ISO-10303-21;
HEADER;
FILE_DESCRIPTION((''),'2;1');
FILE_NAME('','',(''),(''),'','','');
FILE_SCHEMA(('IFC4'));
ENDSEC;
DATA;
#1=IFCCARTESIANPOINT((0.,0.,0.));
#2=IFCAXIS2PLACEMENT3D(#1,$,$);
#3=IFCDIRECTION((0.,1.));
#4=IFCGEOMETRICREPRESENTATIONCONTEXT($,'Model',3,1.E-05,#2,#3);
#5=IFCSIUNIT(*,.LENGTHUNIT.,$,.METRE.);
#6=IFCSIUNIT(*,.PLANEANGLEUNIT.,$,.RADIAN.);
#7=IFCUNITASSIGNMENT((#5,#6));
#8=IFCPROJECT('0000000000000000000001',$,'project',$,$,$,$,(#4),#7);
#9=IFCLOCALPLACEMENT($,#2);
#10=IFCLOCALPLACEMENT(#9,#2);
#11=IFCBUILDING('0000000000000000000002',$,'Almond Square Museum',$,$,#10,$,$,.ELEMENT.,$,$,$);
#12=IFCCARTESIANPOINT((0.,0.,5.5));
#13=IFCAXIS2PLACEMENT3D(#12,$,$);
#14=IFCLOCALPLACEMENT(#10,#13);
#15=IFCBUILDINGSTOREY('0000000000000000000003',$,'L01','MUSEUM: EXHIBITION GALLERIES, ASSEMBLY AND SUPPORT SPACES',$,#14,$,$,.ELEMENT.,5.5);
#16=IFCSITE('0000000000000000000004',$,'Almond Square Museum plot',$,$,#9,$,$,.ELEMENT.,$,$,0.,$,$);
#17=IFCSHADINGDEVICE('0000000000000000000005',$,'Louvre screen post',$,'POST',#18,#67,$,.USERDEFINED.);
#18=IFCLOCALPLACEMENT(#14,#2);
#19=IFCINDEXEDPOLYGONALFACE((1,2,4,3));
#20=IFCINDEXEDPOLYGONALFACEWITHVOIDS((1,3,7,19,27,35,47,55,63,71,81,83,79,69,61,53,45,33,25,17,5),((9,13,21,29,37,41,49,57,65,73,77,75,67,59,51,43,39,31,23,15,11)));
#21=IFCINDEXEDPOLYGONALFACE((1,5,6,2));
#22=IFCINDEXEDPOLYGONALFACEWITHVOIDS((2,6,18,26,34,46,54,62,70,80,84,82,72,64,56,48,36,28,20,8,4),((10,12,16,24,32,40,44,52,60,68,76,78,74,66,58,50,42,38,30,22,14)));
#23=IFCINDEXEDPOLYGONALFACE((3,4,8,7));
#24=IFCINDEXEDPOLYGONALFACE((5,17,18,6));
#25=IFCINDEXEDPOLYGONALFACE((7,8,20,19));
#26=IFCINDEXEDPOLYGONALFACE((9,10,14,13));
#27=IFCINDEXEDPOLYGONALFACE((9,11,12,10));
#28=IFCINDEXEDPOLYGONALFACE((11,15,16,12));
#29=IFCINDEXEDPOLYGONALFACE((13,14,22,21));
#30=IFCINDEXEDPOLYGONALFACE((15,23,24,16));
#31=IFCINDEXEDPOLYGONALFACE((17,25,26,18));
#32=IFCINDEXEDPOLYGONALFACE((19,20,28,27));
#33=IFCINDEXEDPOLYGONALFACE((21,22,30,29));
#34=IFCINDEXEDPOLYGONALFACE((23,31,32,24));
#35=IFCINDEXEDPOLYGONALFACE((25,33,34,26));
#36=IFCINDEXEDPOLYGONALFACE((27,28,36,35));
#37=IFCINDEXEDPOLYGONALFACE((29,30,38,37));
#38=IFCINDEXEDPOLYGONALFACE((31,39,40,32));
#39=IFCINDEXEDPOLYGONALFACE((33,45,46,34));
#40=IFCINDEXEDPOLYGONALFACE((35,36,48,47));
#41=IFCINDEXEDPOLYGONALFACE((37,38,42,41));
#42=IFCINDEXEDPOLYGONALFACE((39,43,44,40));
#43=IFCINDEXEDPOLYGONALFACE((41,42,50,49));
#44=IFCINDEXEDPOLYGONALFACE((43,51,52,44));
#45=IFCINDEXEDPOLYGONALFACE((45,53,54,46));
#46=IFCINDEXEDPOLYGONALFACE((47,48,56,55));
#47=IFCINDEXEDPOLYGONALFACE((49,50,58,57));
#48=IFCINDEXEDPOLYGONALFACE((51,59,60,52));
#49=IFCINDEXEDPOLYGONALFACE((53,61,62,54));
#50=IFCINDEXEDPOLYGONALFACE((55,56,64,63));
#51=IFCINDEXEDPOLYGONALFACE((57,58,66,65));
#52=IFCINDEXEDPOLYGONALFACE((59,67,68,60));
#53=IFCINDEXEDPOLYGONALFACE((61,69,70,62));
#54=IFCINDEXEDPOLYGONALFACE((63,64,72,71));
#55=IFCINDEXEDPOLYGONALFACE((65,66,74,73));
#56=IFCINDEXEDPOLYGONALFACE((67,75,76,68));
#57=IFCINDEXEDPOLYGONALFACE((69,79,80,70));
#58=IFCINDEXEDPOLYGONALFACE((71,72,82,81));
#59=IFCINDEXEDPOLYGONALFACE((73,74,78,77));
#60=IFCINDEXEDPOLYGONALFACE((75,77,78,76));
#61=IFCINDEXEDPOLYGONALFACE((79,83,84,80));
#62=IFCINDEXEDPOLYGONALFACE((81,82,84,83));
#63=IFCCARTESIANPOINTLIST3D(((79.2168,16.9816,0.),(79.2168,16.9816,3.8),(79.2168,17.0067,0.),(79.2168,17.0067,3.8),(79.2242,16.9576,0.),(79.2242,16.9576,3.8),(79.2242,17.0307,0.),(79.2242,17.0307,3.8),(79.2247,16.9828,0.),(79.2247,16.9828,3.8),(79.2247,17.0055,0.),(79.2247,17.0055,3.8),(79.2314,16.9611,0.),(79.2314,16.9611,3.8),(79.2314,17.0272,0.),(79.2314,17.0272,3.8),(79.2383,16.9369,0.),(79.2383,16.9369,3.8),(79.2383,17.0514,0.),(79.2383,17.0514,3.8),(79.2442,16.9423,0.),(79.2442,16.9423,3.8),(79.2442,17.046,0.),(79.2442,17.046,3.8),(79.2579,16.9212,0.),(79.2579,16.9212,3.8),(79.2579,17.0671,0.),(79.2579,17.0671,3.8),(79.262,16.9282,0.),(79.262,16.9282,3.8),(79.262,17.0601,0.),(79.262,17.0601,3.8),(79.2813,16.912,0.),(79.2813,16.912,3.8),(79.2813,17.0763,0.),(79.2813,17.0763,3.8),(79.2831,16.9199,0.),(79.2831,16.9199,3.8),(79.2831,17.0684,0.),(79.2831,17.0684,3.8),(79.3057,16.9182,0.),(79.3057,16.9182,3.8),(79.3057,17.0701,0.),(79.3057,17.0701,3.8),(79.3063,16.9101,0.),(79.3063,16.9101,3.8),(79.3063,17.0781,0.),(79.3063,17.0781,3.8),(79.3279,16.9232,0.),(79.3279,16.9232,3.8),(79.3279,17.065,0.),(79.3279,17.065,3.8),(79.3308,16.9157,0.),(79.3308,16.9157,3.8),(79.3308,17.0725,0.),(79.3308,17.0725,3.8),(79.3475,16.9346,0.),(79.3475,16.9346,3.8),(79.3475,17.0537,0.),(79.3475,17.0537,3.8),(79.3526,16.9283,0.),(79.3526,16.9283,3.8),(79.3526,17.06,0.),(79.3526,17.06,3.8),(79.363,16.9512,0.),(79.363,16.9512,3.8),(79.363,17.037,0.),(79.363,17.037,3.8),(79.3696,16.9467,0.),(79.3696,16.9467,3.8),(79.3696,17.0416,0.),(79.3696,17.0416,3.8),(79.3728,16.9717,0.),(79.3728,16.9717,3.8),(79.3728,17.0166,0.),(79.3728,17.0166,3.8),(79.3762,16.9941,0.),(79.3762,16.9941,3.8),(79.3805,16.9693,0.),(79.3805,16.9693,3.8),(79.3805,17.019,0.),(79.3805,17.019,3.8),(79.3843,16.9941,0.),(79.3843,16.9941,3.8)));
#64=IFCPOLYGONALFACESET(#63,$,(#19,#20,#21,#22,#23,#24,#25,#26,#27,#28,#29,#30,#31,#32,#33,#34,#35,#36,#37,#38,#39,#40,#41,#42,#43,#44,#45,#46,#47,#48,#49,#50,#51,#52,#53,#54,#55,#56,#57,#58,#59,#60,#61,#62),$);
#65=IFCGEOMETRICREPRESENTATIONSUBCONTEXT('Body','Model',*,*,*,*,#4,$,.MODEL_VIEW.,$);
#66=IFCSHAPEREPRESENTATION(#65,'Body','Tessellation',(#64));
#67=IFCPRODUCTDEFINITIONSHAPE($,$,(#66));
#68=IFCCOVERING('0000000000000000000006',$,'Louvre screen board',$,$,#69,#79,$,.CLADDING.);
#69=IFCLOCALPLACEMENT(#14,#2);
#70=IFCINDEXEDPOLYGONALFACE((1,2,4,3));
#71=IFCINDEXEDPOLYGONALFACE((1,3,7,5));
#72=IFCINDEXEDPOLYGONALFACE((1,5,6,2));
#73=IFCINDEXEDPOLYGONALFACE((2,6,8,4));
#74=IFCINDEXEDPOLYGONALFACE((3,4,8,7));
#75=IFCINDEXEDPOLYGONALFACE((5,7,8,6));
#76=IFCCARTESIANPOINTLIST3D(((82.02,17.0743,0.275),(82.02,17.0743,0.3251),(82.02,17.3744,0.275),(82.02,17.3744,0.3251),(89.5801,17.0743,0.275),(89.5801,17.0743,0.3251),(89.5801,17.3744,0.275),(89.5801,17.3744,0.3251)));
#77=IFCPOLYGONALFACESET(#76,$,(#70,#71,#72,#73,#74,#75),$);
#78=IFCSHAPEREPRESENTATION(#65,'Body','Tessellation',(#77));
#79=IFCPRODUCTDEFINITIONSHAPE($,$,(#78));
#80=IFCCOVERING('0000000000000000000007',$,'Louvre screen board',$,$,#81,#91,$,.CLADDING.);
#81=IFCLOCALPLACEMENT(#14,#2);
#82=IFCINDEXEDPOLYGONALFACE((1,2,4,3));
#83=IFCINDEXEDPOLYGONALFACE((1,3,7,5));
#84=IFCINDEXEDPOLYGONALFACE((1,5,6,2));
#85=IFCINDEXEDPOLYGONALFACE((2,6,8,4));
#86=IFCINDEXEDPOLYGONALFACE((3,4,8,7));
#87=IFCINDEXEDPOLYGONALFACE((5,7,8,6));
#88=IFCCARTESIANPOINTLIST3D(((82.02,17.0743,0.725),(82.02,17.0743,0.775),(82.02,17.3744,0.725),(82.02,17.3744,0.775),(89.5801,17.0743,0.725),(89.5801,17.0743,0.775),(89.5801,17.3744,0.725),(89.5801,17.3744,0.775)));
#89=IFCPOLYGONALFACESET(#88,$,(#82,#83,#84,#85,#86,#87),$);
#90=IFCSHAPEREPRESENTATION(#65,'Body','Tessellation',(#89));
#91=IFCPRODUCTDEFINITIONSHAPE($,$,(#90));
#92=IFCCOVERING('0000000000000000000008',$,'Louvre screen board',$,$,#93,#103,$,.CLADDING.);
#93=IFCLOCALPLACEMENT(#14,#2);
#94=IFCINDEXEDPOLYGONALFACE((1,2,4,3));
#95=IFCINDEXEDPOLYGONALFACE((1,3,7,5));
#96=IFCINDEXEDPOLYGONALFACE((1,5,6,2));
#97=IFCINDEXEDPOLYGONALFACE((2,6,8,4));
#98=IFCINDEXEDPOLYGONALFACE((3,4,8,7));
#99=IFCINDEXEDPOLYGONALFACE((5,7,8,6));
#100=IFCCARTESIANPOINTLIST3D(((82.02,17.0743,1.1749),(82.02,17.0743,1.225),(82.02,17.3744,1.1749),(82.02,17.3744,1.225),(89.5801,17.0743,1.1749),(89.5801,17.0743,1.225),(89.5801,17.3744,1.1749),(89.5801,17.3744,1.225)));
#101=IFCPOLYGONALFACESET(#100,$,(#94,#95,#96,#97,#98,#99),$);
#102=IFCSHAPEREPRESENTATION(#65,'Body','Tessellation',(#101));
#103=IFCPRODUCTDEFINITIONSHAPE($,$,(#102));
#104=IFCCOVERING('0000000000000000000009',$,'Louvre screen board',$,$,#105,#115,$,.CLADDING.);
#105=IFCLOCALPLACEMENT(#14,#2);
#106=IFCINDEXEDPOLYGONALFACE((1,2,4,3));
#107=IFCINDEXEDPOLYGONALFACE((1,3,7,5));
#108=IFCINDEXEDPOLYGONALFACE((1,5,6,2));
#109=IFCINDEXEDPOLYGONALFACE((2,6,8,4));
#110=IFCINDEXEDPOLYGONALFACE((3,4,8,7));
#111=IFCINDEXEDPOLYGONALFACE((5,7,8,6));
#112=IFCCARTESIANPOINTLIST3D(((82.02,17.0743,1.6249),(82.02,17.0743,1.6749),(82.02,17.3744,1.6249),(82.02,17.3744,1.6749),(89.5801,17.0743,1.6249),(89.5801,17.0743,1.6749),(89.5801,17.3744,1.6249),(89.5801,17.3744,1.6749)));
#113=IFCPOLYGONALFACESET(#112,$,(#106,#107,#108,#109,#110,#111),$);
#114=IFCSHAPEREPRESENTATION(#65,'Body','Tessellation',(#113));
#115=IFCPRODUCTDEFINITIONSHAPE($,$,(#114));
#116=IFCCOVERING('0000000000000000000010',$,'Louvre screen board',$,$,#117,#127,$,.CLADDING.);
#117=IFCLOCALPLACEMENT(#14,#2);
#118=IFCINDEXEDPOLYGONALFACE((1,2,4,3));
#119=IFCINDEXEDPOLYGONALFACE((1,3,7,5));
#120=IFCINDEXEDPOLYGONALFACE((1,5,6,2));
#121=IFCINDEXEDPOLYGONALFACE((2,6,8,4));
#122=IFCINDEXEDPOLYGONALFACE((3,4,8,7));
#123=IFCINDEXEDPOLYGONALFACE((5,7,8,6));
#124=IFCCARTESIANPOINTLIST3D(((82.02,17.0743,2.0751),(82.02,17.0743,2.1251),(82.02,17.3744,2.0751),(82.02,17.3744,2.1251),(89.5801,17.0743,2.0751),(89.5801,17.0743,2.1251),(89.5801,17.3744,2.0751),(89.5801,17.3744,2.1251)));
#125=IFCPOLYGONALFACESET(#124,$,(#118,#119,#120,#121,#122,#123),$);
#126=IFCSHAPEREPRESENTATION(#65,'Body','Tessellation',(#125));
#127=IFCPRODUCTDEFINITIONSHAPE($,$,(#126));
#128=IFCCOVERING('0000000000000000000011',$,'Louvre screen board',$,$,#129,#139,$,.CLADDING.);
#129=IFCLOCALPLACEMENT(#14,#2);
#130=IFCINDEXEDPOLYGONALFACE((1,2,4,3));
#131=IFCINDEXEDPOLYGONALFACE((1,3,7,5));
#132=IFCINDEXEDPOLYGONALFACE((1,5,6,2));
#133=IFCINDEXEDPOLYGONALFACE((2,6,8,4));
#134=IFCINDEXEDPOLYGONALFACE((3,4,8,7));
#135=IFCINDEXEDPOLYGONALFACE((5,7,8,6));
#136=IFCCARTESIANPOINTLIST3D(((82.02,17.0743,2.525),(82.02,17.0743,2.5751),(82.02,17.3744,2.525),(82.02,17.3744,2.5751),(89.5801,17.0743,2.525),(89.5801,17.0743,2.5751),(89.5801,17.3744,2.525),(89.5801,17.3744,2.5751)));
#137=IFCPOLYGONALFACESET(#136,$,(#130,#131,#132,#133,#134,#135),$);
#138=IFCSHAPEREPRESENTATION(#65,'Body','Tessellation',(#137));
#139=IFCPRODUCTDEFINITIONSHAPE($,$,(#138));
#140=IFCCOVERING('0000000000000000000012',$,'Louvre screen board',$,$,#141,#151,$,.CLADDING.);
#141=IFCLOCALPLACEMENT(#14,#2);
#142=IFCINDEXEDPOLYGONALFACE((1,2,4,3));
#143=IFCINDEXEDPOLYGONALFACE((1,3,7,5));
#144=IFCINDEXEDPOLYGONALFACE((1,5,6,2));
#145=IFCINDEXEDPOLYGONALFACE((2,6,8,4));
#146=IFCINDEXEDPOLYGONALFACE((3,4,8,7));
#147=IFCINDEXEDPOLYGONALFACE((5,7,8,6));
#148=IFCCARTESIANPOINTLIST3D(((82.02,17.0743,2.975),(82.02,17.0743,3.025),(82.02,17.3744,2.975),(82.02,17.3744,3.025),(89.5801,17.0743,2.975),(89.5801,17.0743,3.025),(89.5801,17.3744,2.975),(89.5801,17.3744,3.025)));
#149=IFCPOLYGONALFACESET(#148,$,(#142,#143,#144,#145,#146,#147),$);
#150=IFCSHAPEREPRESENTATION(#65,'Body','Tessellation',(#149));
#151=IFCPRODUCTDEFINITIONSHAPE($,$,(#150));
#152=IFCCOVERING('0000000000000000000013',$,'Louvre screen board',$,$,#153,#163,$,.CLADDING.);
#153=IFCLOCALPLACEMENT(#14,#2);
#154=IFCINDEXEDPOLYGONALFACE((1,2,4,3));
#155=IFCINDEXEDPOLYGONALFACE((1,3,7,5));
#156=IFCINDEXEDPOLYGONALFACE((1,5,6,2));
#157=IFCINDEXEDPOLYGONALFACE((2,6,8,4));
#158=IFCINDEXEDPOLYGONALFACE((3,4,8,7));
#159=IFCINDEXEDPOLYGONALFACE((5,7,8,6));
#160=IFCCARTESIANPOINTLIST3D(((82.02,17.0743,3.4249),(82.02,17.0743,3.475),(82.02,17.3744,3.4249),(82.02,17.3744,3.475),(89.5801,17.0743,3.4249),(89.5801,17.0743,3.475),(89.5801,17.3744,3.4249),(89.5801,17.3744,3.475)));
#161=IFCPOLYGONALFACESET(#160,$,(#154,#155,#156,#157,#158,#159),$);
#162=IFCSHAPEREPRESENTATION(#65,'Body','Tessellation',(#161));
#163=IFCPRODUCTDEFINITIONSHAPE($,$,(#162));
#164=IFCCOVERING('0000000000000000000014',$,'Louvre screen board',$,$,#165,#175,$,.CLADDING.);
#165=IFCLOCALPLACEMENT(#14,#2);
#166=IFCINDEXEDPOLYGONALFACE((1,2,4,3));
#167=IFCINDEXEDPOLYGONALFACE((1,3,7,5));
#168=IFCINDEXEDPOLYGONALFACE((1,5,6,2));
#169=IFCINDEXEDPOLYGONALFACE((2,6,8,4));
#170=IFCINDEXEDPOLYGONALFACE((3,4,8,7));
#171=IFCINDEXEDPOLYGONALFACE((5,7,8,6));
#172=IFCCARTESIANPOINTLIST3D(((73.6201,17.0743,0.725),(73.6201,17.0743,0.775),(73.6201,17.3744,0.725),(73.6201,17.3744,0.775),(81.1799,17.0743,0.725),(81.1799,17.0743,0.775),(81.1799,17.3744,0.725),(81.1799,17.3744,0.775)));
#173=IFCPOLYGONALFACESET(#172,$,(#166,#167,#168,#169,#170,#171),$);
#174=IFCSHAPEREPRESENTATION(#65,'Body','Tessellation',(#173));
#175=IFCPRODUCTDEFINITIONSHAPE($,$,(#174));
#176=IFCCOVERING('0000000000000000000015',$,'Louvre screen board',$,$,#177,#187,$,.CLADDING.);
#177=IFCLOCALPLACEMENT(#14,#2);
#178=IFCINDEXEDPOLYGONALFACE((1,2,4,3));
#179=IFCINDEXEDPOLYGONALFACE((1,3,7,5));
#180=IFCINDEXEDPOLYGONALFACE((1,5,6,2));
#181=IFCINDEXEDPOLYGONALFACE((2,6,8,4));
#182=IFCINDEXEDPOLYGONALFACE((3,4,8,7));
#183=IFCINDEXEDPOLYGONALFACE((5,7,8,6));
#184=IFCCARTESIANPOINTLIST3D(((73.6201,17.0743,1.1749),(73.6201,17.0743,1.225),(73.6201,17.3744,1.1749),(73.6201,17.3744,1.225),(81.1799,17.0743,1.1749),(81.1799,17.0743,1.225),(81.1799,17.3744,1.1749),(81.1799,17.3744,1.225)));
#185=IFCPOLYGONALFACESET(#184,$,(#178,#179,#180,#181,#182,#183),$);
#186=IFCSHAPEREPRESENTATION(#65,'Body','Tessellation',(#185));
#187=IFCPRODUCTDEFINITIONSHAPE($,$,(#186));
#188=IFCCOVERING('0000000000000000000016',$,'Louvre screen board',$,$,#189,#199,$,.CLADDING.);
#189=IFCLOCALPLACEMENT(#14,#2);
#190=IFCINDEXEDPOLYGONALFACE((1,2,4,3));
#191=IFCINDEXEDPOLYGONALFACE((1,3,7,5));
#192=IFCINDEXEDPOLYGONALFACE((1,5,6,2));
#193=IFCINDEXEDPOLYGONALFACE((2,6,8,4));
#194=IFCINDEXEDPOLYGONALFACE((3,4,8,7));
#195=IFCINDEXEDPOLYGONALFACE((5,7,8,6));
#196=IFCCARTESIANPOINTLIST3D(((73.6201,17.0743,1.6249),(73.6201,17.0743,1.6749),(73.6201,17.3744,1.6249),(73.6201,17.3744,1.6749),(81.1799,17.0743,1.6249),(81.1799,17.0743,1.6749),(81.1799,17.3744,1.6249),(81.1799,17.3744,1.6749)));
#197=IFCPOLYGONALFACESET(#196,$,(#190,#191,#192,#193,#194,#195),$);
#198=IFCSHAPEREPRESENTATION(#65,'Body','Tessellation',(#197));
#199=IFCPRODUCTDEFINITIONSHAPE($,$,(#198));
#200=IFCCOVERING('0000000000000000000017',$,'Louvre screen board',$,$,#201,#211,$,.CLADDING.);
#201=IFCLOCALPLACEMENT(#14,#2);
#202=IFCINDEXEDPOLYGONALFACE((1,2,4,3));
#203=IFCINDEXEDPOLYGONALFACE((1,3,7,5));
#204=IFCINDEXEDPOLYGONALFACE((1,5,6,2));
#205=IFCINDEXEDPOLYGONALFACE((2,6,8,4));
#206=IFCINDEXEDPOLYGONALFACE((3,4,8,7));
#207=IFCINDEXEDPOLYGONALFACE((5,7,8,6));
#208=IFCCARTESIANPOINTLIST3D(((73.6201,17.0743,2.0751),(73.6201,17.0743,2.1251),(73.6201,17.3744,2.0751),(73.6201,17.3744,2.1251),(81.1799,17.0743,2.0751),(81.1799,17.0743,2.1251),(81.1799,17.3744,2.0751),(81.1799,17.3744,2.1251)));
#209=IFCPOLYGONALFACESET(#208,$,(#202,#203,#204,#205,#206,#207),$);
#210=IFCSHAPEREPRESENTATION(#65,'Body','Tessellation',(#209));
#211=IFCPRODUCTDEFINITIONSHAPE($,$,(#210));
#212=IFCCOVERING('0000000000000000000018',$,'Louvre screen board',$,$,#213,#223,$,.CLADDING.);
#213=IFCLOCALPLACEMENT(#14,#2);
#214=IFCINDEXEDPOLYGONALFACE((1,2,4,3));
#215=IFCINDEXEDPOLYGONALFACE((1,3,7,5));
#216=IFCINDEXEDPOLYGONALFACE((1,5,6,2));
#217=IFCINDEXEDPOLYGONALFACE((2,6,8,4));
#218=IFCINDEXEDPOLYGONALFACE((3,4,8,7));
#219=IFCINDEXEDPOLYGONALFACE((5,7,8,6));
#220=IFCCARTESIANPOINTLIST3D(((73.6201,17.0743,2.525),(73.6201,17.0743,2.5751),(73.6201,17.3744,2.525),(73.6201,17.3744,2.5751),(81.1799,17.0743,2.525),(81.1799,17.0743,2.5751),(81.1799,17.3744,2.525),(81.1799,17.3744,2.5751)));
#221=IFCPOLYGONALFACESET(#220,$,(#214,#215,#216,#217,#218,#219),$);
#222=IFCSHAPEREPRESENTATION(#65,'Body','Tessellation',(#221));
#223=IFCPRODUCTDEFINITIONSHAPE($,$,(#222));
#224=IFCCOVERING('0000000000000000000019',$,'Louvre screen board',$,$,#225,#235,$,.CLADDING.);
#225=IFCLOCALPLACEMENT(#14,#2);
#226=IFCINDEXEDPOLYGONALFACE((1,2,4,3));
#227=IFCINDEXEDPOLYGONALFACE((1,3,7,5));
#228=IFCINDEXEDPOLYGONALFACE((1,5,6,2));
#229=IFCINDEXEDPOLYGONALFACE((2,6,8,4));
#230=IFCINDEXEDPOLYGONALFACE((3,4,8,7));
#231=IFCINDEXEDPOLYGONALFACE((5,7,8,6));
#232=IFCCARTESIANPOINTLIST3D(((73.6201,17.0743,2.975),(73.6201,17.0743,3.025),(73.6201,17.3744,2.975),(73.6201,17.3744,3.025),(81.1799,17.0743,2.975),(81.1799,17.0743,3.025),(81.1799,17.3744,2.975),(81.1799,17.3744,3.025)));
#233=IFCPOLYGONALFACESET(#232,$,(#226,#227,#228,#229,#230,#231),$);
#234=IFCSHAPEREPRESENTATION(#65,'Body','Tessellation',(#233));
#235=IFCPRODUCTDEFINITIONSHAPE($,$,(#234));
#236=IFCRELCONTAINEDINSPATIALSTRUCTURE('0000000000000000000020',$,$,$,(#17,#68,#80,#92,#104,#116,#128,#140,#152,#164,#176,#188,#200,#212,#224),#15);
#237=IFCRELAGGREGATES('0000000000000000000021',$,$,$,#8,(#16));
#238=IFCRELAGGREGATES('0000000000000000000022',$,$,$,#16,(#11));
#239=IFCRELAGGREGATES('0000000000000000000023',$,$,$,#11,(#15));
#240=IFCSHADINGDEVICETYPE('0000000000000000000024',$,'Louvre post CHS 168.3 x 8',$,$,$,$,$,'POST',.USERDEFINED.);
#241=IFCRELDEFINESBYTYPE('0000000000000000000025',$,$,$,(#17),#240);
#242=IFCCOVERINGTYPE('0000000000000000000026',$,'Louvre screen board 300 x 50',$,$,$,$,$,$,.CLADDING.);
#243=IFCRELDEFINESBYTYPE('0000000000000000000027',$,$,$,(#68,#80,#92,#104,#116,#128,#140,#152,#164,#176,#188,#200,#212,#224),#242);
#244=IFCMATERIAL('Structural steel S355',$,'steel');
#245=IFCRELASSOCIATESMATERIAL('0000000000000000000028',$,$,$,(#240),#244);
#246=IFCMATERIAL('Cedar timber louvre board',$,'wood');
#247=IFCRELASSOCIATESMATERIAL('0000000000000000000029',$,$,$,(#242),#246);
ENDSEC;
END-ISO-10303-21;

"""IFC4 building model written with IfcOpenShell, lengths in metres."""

from ifc_helpers import new_model, si_unit, direction, frame, origin, origin_2d, place, context, subcontext, project, spatial, rectangle, hollow_circle, extrude, material, material_profile, profile_set, type_object, element, save


model = new_model("IFC4")

# Units and contexts
model_context = context("Model", 3, precision=1e-05, world=origin(), true_north=direction((0.0, 1.0)))
body_context = subcontext(model_context, "Body", "Model", "MODEL_VIEW")
ifc_project = project(units=[si_unit("LENGTHUNIT", "METRE"), si_unit("PLANEANGLEUNIT", "RADIAN")], contexts=[model_context])

# Site, building, storey
site_placement = place(None, origin())
site = spatial("IfcSite", under=ifc_project, at=site_placement, Name="Almond Square Museum plot", CompositionType="ELEMENT", RefElevation=0.0)
building_placement = place(site_placement, origin())
building = spatial("IfcBuilding", under=site, at=building_placement, Name="Almond Square Museum", CompositionType="ELEMENT")
storey_placement = place(building_placement, frame((0.0, 0.0, 5.5)))
storey = spatial("IfcBuildingStorey", under=building, at=storey_placement, Name="L01", Description="MUSEUM: EXHIBITION GALLERIES, ASSEMBLY AND SUPPORT SPACES", CompositionType="ELEMENT", Elevation=5.5)

# Shading device
ifc_material_1 = material(Name="Structural steel S355", Category="steel")
ifc_material_profile_1 = material_profile(ifc_material_1, hollow_circle(Radius=0.0842, WallThickness=0.0081, at=origin_2d()))
ifc_profile_set_1 = profile_set([ifc_material_profile_1], Name="Structural steel S355")
shading_device_type_1 = type_object("IfcShadingDeviceType", Name="Louvre post CHS 168.3 x 8", ElementType="POST", PredefinedType="USERDEFINED", material=ifc_profile_set_1)
for number, where, z_axis, x_axis, name in (
    (1, (79.3, 16.9941, 0.0), (0.0, 0.0, 1.0), (1.0, 0.0, 0.0), "Louvre screen post"),
):
    element("IfcShadingDevice", number, at=place(storey_placement, frame(where, z_axis=z_axis, x_axis=x_axis)), inside=storey, type_object=shading_device_type_1, Name=name, ObjectType="POST", PredefinedType="USERDEFINED", context=body_context, shape_type="SweptSolid", body=[
        extrude(hollow_circle(Radius=0.0842, WallThickness=0.0081, at=origin_2d()), origin(), (0.0, 0.0, 1.0), 3.8),
    ])

# Coverings
ifc_material_2 = material(Name="Cedar timber louvre board", Category="wood")
ifc_material_profile_2 = material_profile(ifc_material_2, rectangle(XDim=0.3, YDim=0.05, at=origin_2d()))
ifc_profile_set_2 = profile_set([ifc_material_profile_2], Name="Cedar timber louvre board")
covering_type = type_object("IfcCoveringType", Name="Louvre screen board 300 x 50", PredefinedType="CLADDING", material=ifc_profile_set_2)
for number, where, z_axis, x_axis, name in (
    (2, (82.02, 17.2244, 0.3), (1.0, 0.0, 0.0), (0.0, 1.0, 0.0), "Louvre screen board"),
    (3, (82.02, 17.2244, 0.75), (1.0, 0.0, 0.0), (0.0, 1.0, 0.0), "Louvre screen board"),
    (4, (82.02, 17.2244, 1.2), (1.0, 0.0, 0.0), (0.0, 1.0, 0.0), "Louvre screen board"),
    (5, (82.02, 17.2244, 1.6499), (1.0, 0.0, 0.0), (0.0, 1.0, 0.0), "Louvre screen board"),
    (6, (82.02, 17.2244, 2.1001), (1.0, 0.0, 0.0), (0.0, 1.0, 0.0), "Louvre screen board"),
    (7, (82.02, 17.2244, 2.55), (1.0, 0.0, 0.0), (0.0, 1.0, 0.0), "Louvre screen board"),
    (8, (82.02, 17.2244, 3.0), (1.0, 0.0, 0.0), (0.0, 1.0, 0.0), "Louvre screen board"),
    (9, (82.02, 17.2244, 3.45), (1.0, 0.0, 0.0), (0.0, 1.0, 0.0), "Louvre screen board"),
):
    element("IfcCovering", number, at=place(storey_placement, frame(where, z_axis=z_axis, x_axis=x_axis)), inside=storey, type_object=covering_type, Name=name, PredefinedType="CLADDING", context=body_context, shape_type="SweptSolid", body=[
        extrude(rectangle(XDim=0.3, YDim=0.05, at=origin_2d()), origin(), (0.0, 0.0, 1.0), 7.5601),
    ])
for number, where, z_axis, x_axis, name in (
    (10, (73.6201, 17.2244, 0.75), (1.0, 0.0, 0.0), (0.0, 1.0, 0.0), "Louvre screen board"),
    (11, (73.6201, 17.2244, 1.2), (1.0, 0.0, 0.0), (0.0, 1.0, 0.0), "Louvre screen board"),
    (12, (73.6201, 17.2244, 1.6499), (1.0, 0.0, 0.0), (0.0, 1.0, 0.0), "Louvre screen board"),
    (13, (73.6201, 17.2244, 2.1001), (1.0, 0.0, 0.0), (0.0, 1.0, 0.0), "Louvre screen board"),
    (14, (73.6201, 17.2244, 2.55), (1.0, 0.0, 0.0), (0.0, 1.0, 0.0), "Louvre screen board"),
    (15, (73.6201, 17.2244, 3.0), (1.0, 0.0, 0.0), (0.0, 1.0, 0.0), "Louvre screen board"),
):
    element("IfcCovering", number, at=place(storey_placement, frame(where, z_axis=z_axis, x_axis=x_axis)), inside=storey, type_object=covering_type, Name=name, PredefinedType="CLADDING", context=body_context, shape_type="SweptSolid", body=[
        extrude(rectangle(XDim=0.3, YDim=0.05, at=origin_2d()), origin(), (0.0, 0.0, 1.0), 7.5598),
    ])

save(model, "model.ifc")
